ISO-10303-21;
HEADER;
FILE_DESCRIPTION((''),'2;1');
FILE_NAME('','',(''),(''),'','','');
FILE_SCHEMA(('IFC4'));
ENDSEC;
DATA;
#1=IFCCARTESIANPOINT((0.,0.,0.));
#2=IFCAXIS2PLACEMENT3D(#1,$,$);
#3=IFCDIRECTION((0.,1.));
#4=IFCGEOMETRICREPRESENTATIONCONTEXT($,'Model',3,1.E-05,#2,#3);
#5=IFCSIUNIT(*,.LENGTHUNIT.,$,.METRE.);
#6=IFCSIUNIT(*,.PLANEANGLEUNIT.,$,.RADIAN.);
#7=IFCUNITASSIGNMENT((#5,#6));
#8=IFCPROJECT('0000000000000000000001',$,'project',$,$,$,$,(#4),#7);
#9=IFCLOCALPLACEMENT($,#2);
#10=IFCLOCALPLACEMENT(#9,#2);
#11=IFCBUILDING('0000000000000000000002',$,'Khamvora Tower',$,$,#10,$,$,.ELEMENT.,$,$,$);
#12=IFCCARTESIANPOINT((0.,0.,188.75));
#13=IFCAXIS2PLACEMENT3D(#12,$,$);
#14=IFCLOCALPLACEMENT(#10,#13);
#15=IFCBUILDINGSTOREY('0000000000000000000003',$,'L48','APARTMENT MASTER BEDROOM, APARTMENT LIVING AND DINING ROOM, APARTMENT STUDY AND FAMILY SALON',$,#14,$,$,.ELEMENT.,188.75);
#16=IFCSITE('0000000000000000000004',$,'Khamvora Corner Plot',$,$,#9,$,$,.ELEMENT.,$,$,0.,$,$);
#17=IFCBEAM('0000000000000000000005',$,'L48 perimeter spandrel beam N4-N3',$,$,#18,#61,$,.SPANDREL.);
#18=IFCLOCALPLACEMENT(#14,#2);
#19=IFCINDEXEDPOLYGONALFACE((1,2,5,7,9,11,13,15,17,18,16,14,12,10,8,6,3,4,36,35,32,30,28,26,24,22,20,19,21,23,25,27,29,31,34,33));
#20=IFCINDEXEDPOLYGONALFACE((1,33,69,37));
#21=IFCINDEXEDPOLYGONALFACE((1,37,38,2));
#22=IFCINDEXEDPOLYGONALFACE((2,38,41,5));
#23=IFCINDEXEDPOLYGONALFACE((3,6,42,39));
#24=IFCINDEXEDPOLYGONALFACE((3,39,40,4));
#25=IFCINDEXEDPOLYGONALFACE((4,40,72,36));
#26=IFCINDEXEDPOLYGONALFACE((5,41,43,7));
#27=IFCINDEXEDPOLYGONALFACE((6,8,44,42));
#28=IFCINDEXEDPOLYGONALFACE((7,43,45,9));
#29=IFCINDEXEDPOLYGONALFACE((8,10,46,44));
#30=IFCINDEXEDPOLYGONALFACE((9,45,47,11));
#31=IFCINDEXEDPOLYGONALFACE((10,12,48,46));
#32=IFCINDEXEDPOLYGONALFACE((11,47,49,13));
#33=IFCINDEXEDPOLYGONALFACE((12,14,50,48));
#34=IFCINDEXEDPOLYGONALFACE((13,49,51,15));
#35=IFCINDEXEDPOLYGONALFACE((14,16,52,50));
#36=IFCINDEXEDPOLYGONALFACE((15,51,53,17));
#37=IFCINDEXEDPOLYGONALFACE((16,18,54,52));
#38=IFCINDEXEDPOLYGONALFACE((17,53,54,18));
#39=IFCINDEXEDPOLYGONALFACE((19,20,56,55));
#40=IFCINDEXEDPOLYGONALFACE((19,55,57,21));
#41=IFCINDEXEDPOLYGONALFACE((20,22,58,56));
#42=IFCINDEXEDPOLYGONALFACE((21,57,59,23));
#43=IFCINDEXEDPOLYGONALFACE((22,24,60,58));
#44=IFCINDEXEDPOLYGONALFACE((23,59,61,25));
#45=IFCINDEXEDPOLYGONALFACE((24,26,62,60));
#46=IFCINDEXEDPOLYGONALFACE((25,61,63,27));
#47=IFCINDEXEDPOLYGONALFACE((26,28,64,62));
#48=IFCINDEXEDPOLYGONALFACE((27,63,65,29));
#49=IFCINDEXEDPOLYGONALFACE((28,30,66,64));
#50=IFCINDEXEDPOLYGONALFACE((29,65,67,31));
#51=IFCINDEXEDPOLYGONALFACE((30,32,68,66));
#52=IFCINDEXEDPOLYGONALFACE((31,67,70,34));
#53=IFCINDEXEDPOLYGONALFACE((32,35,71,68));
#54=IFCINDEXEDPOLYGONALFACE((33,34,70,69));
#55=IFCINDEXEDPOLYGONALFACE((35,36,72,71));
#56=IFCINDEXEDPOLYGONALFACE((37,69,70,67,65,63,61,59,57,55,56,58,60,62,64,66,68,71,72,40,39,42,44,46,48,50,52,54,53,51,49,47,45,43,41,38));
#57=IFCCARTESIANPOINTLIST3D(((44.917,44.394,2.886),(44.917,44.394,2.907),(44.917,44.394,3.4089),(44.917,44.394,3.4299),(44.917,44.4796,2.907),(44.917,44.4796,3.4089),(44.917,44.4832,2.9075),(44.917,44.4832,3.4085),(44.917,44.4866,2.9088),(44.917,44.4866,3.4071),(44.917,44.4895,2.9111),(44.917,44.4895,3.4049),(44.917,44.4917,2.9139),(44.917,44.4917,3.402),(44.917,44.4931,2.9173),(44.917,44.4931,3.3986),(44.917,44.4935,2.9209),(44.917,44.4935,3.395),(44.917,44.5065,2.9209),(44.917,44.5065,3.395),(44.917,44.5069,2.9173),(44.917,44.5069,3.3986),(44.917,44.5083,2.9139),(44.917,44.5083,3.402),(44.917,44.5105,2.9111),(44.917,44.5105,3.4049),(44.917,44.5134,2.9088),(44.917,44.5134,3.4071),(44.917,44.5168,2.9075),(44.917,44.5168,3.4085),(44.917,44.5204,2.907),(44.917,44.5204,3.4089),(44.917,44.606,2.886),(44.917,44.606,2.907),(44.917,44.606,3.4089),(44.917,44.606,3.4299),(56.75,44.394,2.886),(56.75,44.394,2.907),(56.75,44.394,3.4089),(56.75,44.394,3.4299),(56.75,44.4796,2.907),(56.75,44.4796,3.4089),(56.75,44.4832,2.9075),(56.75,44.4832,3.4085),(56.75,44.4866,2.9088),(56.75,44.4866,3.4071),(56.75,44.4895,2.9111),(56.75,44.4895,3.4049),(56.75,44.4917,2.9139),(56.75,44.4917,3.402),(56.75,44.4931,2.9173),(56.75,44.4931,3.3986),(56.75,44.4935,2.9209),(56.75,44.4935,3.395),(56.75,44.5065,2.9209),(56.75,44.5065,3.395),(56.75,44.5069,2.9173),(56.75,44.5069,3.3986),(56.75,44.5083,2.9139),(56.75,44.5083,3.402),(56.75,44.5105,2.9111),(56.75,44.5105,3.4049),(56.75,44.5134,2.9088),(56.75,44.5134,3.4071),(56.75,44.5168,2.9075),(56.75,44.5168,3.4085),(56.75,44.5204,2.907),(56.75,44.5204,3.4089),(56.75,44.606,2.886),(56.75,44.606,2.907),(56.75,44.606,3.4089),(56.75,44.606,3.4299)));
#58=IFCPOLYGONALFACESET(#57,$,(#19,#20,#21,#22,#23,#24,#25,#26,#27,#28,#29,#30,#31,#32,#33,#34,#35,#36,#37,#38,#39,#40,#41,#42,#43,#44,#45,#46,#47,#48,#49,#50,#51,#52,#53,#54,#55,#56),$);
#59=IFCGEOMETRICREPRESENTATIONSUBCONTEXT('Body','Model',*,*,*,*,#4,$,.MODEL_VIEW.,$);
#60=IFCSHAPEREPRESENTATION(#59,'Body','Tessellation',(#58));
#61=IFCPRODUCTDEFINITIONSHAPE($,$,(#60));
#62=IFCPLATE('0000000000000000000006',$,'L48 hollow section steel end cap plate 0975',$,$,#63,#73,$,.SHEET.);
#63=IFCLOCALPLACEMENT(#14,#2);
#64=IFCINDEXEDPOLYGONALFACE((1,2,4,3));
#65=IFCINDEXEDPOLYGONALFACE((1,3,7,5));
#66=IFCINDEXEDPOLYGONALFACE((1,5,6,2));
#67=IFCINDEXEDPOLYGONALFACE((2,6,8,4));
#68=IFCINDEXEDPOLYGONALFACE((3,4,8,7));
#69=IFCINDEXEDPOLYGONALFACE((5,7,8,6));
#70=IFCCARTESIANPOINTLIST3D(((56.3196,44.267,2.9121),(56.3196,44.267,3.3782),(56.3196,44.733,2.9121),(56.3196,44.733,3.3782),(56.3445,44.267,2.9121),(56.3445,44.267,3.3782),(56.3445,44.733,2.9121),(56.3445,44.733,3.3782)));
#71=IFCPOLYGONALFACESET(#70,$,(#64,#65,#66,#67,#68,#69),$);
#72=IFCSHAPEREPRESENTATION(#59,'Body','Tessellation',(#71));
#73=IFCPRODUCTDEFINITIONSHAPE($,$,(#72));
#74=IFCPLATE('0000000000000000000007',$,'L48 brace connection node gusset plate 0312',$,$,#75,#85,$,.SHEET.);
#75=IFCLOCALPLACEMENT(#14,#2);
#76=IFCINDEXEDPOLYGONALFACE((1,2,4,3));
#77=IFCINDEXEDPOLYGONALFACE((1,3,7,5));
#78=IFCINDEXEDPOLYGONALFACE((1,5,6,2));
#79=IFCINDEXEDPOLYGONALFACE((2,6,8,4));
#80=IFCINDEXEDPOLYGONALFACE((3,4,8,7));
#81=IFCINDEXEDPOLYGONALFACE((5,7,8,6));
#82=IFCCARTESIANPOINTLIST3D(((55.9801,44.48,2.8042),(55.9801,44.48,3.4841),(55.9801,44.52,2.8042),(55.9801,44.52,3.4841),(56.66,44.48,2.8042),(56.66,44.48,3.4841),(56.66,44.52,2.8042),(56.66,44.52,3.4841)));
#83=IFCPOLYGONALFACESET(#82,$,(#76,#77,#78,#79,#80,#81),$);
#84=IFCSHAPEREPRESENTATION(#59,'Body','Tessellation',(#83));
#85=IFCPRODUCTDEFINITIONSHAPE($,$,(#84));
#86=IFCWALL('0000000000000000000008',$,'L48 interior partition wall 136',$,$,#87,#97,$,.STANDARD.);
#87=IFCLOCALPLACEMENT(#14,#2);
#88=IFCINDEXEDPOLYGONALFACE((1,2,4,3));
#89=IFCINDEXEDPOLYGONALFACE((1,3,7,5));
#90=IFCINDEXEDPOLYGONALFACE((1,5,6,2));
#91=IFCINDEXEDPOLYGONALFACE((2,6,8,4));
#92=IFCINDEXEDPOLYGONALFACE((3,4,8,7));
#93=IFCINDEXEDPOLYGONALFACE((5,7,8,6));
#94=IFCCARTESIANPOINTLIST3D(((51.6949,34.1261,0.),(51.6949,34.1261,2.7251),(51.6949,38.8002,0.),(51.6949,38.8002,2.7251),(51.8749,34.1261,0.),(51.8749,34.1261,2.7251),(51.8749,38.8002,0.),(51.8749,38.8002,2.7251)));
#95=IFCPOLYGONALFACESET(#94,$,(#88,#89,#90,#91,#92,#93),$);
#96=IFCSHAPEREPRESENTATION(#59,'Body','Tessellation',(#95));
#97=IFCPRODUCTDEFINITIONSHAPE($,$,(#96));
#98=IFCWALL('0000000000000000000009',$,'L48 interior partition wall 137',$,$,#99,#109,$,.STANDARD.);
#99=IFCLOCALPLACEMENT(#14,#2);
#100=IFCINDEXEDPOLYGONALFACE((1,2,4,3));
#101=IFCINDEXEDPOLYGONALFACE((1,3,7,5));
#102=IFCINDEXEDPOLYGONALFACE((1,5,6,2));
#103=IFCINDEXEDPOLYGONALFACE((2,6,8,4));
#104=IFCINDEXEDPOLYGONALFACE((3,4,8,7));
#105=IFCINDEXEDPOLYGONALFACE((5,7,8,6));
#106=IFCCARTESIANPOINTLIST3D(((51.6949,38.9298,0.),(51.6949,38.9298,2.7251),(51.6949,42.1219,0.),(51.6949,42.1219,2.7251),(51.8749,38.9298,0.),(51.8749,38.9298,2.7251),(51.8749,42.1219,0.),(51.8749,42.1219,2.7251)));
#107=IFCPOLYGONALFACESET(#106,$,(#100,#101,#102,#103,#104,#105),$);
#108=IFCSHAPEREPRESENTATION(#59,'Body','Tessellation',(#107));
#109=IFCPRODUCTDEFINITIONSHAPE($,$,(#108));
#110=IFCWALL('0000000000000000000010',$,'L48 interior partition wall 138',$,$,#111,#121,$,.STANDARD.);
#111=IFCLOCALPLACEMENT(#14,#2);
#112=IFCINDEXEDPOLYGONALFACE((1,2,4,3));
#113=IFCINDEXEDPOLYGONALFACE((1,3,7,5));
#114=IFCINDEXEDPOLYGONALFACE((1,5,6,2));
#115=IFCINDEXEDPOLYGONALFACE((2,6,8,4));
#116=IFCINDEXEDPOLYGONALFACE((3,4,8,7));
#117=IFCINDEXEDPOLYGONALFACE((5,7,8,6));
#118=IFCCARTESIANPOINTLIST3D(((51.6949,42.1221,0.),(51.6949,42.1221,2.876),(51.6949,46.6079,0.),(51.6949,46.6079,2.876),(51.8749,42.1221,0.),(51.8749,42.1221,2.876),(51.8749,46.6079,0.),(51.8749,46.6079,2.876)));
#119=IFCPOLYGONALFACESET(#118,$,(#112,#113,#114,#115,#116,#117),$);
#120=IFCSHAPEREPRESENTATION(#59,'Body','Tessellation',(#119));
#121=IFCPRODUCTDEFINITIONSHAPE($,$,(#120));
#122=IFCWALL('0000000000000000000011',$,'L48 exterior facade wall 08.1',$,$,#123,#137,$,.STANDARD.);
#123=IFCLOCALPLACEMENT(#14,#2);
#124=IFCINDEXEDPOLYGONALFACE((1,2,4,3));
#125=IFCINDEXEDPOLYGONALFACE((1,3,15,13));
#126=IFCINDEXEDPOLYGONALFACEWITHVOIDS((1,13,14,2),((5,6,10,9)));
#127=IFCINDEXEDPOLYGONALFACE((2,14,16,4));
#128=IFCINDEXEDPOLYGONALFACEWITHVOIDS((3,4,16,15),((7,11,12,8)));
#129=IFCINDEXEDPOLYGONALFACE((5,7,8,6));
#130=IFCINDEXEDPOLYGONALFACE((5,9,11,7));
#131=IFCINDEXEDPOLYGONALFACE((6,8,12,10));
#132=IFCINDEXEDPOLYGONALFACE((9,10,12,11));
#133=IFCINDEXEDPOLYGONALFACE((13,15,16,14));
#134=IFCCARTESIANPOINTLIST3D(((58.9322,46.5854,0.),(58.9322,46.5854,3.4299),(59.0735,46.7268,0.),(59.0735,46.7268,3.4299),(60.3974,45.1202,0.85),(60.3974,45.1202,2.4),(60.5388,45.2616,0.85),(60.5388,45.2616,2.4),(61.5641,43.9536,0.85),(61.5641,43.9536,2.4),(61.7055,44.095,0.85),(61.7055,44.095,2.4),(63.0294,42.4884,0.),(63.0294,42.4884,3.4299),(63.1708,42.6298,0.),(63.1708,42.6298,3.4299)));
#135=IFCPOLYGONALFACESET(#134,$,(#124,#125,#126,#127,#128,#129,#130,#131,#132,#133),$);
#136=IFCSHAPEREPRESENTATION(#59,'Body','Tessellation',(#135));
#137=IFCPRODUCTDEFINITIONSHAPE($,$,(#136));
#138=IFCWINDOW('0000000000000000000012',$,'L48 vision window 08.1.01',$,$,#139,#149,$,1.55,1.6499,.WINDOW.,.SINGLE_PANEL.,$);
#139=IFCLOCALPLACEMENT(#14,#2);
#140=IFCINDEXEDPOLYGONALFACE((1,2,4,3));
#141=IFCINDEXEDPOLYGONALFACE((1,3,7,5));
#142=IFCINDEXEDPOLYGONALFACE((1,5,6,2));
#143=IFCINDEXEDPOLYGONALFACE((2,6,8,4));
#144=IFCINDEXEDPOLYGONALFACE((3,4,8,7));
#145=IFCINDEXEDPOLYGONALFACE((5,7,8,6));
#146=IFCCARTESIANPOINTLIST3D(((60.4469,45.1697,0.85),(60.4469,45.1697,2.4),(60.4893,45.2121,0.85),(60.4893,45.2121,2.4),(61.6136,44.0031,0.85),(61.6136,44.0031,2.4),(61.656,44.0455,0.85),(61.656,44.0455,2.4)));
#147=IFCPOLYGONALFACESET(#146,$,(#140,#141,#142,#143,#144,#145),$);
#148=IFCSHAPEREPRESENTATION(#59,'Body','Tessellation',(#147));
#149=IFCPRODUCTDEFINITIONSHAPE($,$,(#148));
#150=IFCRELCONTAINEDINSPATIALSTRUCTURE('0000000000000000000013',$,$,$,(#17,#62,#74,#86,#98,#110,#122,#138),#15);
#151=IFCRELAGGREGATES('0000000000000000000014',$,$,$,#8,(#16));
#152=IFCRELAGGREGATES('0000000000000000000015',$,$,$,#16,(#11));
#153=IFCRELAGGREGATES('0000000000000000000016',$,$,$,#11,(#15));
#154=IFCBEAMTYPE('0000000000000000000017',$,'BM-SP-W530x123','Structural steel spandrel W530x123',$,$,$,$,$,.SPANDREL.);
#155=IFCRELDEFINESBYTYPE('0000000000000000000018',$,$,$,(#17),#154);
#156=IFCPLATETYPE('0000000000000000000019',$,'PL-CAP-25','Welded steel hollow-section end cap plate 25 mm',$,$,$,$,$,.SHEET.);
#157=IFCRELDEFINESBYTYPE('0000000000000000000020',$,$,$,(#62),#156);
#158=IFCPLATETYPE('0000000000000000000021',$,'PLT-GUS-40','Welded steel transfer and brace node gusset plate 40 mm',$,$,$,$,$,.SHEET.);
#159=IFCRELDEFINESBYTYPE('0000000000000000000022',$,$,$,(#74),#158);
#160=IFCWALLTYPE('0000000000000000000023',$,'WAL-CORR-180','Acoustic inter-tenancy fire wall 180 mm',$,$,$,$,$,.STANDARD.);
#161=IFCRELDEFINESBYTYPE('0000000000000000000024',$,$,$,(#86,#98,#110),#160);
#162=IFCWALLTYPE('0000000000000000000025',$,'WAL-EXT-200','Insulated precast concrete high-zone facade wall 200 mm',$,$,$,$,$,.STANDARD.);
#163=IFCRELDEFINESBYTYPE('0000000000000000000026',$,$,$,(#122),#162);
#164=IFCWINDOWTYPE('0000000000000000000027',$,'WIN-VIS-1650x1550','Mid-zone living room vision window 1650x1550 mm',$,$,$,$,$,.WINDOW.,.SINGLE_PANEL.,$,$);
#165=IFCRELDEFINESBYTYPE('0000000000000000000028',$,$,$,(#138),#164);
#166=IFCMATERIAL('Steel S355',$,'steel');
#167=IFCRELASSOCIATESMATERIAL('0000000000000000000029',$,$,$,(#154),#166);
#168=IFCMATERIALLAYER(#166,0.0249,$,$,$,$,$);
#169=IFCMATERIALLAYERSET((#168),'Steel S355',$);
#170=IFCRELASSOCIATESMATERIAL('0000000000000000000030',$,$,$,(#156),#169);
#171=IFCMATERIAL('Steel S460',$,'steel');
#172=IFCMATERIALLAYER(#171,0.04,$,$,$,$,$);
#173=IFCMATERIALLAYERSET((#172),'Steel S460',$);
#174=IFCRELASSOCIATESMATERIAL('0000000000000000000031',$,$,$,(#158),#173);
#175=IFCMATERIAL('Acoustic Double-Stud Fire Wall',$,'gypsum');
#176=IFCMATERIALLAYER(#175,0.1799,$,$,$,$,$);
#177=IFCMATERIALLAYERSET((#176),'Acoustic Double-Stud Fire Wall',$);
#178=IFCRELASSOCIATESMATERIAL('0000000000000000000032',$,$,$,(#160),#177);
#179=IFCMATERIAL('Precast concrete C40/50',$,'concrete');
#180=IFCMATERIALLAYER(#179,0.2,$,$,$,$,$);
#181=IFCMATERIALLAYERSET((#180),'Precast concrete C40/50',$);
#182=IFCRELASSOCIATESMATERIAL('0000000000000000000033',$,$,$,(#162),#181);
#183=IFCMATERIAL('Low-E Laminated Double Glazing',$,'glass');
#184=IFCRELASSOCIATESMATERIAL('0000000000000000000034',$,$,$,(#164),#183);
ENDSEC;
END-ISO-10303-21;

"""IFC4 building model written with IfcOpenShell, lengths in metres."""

from ifc_helpers import new_model, si_unit, direction, frame, frame_2d, origin, origin_2d, place, context, subcontext, project, spatial, rectangle, i_section, extrude, material, layer, layer_set, material_profile, profile_set, type_object, element, fill, save


model = new_model("IFC4")

# Units and contexts
model_context = context("Model", 3, precision=1e-05, world=origin(), true_north=direction((0.0, 1.0)))
body_context = subcontext(model_context, "Body", "Model", "MODEL_VIEW")
ifc_project = project(units=[si_unit("LENGTHUNIT", "METRE"), si_unit("PLANEANGLEUNIT", "RADIAN")], contexts=[model_context])

# Site, building, storey
site_placement = place(None, origin())
site = spatial("IfcSite", under=ifc_project, at=site_placement, Name="Khamvora Corner Plot", CompositionType="ELEMENT", RefElevation=0.0)
building_placement = place(site_placement, origin())
building = spatial("IfcBuilding", under=site, at=building_placement, Name="Khamvora Tower", CompositionType="ELEMENT")
storey_placement = place(building_placement, frame((0.0, 0.0, 188.75)))
storey = spatial("IfcBuildingStorey", under=building, at=storey_placement, Name="L48", Description="APARTMENT MASTER BEDROOM, APARTMENT LIVING AND DINING ROOM, APARTMENT STUDY AND FAMILY SALON", CompositionType="ELEMENT", Elevation=188.75)

# Shared definitions
ifc_material_1 = material(Name="Steel S355", Category="steel")

# Beam
ifc_material_profile_1 = material_profile(ifc_material_1, i_section(OverallWidth=0.2119, OverallDepth=0.5439, WebThickness=0.0129, FlangeThickness=0.021, FilletRadius=0.0139, at=origin_2d()), Name="W530x123")
ifc_profile_set_1 = profile_set([ifc_material_profile_1], Name="Steel S355")
beam_type_1 = type_object("IfcBeamType", Name="BM-SP-W530x123", Description="Structural steel spandrel W530x123", PredefinedType="SPANDREL", material=ifc_profile_set_1)
beam_1_placement = place(storey_placement, frame((56.75, 44.5, 3.158), z_axis=(-1.0, 0.0, 0.0), x_axis=(0.0, -1.0, 0.0)))
element("IfcBeam", 1, at=beam_1_placement, inside=storey, type_object=beam_type_1, Name="L48 perimeter spandrel beam N4-N3", PredefinedType="SPANDREL", context=body_context, shape_type="SweptSolid", body=[
    extrude(i_section(OverallWidth=0.2119, OverallDepth=0.5439, WebThickness=0.0129, FlangeThickness=0.021, FilletRadius=0.0139, at=origin_2d()), origin(), (0.0, 0.0, 1.0), 11.833),
])

# Plates
ifc_layer_1 = layer(ifc_material_1, 0.0249)
ifc_layer_set_1 = layer_set([ifc_layer_1], Name="Steel S355")
plate_type_1 = type_object("IfcPlateType", Name="PL-CAP-25", Description="Welded steel hollow-section end cap plate 25 mm", PredefinedType="SHEET", material=ifc_layer_set_1)
plate_1_placement = place(storey_placement, frame((56.332, 44.5, 2.9121), z_axis=(0.0, 0.0, 1.0), x_axis=(1.0, 0.0, 0.0)))
element("IfcPlate", 2, at=plate_1_placement, inside=storey, type_object=plate_type_1, Name="L48 hollow section steel end cap plate 0975", PredefinedType="SHEET", context=body_context, shape_type="SweptSolid", body=[
    extrude(rectangle(XDim=0.0249, YDim=0.4661, at=origin_2d()), origin(), (0.0, 0.0, 1.0), 0.4661),
])
ifc_material_2 = material(Name="Steel S460", Category="steel")
ifc_layer_2 = layer(ifc_material_2, 0.04)
ifc_layer_set_2 = layer_set([ifc_layer_2], Name="Steel S460")
plate_type_2 = type_object("IfcPlateType", Name="PLT-GUS-40", Description="Welded steel transfer and brace node gusset plate 40 mm", PredefinedType="SHEET", material=ifc_layer_set_2)
plate_2_placement = place(storey_placement, frame((56.3201, 44.5, 2.8042), z_axis=(0.0, 0.0, 1.0), x_axis=(1.0, 0.0, 0.0)))
element("IfcPlate", 3, at=plate_2_placement, inside=storey, type_object=plate_type_2, Name="L48 brace connection node gusset plate 0312", PredefinedType="SHEET", context=body_context, shape_type="SweptSolid", body=[
    extrude(rectangle(XDim=0.6799, YDim=0.04, at=origin_2d()), origin(), (0.0, 0.0, 1.0), 0.6799),
])

# Walls
ifc_material_3 = material(Name="Acoustic Double-Stud Fire Wall", Category="gypsum")
ifc_layer_3 = layer(ifc_material_3, 0.1799)
ifc_layer_set_3 = layer_set([ifc_layer_3], Name="Acoustic Double-Stud Fire Wall")
wall_type_1 = type_object("IfcWallType", Name="WAL-CORR-180", Description="Acoustic inter-tenancy fire wall 180 mm", PredefinedType="STANDARD", material=ifc_layer_set_3)
wall_1_placement = place(storey_placement, frame((51.7849, 38.8, 0.0), z_axis=(0.0, 0.0, 1.0), x_axis=(0.0, -1.0, 0.0)))
element("IfcWall", 4, at=wall_1_placement, inside=storey, type_object=wall_type_1, Name="L48 interior partition wall 136", PredefinedType="STANDARD", context=body_context, shape_type="SweptSolid", body=[
    extrude(rectangle(XDim=4.6741, YDim=0.1799, at=frame_2d((2.3369, 0.0))), origin(), (0.0, 0.0, 1.0), 2.7251),
])
wall_2_placement = place(storey_placement, frame((51.7849, 42.1221, 0.0), z_axis=(0.0, 0.0, 1.0), x_axis=(0.0, -1.0, 0.0)))
element("IfcWall", 5, at=wall_2_placement, inside=storey, type_object=wall_type_1, Name="L48 interior partition wall 137", PredefinedType="STANDARD", context=body_context, shape_type="SweptSolid", body=[
    extrude(rectangle(XDim=3.1921, YDim=0.1799, at=frame_2d((1.5962, 0.0))), origin(), (0.0, 0.0, 1.0), 2.7251),
])
wall_3_placement = place(storey_placement, frame((51.7849, 46.6079, 0.0), z_axis=(0.0, 0.0, 1.0), x_axis=(0.0, -1.0, 0.0)))
element("IfcWall", 6, at=wall_3_placement, inside=storey, type_object=wall_type_1, Name="L48 interior partition wall 138", PredefinedType="STANDARD", context=body_context, shape_type="SweptSolid", body=[
    extrude(rectangle(XDim=4.4858, YDim=0.1799, at=frame_2d((2.2429, 0.0))), origin(), (0.0, 0.0, 1.0), 2.876),
])

# Wall, opening, window
ifc_material_4 = material(Name="Precast concrete C40/50", Category="concrete")
ifc_layer_4 = layer(ifc_material_4, 0.2)
ifc_layer_set_4 = layer_set([ifc_layer_4], Name="Precast concrete C40/50")
wall_type_2 = type_object("IfcWallType", Name="WAL-EXT-200", Description="Insulated precast concrete high-zone facade wall 200 mm", PredefinedType="STANDARD", material=ifc_layer_set_4)
wall_4_placement = place(storey_placement, frame((59.0029, 46.656, 0.0), z_axis=(0.0, 0.0, 1.0), x_axis=(0.707128, -0.707086, 0.0)))
wall_4 = element("IfcWall", 7, at=wall_4_placement, inside=storey, type_object=wall_type_2, Name="L48 exterior facade wall 08.1", PredefinedType="STANDARD", context=body_context, shape_type="SweptSolid", body=[
    extrude(rectangle(XDim=5.7942, YDim=0.2, at=frame_2d((2.897, 0.0))), origin(), (0.0, 0.0, 1.0), 3.4299),
])
opening_1_placement = place(wall_4_placement, frame((2.072, 0.0, 0.8501)))
opening_1 = element("IfcOpeningElement", 8, at=opening_1_placement, cuts=wall_4, PredefinedType="OPENING", context=body_context, shape_type="SweptSolid", body=[
    extrude(rectangle(XDim=1.6499, YDim=1.55, at=frame_2d((0.825, 0.7749))), frame((0.0, 0.1099, 0.0), z_axis=(0.0, -1.0, 0.0), x_axis=(1.0, 0.0, 0.0)), (0.0, 0.0, 1.0), 0.22),
])
ifc_material_5 = material(Name="Low-E Laminated Double Glazing", Category="glass")
window_type = type_object("IfcWindowType", Name="WIN-VIS-1650x1550", Description="Mid-zone living room vision window 1650x1550 mm", PartitioningType="SINGLE_PANEL", PredefinedType="WINDOW", material=ifc_material_5)
window_1_placement = place(opening_1_placement, origin())
window_1 = element("IfcWindow", 9, at=window_1_placement, inside=storey, type_object=window_type, Name="L48 vision window 08.1.01", OverallHeight=1.55, OverallWidth=1.6499, PartitioningType="SINGLE_PANEL", PredefinedType="WINDOW", context=body_context, shape_type="SweptSolid", body=[
    extrude(rectangle(XDim=1.6499, YDim=1.55, at=frame_2d((0.825, 0.7749))), frame((0.0, 0.03, 0.0), z_axis=(0.0, -1.0, 0.0), x_axis=(1.0, 0.0, 0.0)), (0.0, 0.0, 1.0), 0.0601),
])
fill(opening_1, window_1)

save(model, "model.ifc")
